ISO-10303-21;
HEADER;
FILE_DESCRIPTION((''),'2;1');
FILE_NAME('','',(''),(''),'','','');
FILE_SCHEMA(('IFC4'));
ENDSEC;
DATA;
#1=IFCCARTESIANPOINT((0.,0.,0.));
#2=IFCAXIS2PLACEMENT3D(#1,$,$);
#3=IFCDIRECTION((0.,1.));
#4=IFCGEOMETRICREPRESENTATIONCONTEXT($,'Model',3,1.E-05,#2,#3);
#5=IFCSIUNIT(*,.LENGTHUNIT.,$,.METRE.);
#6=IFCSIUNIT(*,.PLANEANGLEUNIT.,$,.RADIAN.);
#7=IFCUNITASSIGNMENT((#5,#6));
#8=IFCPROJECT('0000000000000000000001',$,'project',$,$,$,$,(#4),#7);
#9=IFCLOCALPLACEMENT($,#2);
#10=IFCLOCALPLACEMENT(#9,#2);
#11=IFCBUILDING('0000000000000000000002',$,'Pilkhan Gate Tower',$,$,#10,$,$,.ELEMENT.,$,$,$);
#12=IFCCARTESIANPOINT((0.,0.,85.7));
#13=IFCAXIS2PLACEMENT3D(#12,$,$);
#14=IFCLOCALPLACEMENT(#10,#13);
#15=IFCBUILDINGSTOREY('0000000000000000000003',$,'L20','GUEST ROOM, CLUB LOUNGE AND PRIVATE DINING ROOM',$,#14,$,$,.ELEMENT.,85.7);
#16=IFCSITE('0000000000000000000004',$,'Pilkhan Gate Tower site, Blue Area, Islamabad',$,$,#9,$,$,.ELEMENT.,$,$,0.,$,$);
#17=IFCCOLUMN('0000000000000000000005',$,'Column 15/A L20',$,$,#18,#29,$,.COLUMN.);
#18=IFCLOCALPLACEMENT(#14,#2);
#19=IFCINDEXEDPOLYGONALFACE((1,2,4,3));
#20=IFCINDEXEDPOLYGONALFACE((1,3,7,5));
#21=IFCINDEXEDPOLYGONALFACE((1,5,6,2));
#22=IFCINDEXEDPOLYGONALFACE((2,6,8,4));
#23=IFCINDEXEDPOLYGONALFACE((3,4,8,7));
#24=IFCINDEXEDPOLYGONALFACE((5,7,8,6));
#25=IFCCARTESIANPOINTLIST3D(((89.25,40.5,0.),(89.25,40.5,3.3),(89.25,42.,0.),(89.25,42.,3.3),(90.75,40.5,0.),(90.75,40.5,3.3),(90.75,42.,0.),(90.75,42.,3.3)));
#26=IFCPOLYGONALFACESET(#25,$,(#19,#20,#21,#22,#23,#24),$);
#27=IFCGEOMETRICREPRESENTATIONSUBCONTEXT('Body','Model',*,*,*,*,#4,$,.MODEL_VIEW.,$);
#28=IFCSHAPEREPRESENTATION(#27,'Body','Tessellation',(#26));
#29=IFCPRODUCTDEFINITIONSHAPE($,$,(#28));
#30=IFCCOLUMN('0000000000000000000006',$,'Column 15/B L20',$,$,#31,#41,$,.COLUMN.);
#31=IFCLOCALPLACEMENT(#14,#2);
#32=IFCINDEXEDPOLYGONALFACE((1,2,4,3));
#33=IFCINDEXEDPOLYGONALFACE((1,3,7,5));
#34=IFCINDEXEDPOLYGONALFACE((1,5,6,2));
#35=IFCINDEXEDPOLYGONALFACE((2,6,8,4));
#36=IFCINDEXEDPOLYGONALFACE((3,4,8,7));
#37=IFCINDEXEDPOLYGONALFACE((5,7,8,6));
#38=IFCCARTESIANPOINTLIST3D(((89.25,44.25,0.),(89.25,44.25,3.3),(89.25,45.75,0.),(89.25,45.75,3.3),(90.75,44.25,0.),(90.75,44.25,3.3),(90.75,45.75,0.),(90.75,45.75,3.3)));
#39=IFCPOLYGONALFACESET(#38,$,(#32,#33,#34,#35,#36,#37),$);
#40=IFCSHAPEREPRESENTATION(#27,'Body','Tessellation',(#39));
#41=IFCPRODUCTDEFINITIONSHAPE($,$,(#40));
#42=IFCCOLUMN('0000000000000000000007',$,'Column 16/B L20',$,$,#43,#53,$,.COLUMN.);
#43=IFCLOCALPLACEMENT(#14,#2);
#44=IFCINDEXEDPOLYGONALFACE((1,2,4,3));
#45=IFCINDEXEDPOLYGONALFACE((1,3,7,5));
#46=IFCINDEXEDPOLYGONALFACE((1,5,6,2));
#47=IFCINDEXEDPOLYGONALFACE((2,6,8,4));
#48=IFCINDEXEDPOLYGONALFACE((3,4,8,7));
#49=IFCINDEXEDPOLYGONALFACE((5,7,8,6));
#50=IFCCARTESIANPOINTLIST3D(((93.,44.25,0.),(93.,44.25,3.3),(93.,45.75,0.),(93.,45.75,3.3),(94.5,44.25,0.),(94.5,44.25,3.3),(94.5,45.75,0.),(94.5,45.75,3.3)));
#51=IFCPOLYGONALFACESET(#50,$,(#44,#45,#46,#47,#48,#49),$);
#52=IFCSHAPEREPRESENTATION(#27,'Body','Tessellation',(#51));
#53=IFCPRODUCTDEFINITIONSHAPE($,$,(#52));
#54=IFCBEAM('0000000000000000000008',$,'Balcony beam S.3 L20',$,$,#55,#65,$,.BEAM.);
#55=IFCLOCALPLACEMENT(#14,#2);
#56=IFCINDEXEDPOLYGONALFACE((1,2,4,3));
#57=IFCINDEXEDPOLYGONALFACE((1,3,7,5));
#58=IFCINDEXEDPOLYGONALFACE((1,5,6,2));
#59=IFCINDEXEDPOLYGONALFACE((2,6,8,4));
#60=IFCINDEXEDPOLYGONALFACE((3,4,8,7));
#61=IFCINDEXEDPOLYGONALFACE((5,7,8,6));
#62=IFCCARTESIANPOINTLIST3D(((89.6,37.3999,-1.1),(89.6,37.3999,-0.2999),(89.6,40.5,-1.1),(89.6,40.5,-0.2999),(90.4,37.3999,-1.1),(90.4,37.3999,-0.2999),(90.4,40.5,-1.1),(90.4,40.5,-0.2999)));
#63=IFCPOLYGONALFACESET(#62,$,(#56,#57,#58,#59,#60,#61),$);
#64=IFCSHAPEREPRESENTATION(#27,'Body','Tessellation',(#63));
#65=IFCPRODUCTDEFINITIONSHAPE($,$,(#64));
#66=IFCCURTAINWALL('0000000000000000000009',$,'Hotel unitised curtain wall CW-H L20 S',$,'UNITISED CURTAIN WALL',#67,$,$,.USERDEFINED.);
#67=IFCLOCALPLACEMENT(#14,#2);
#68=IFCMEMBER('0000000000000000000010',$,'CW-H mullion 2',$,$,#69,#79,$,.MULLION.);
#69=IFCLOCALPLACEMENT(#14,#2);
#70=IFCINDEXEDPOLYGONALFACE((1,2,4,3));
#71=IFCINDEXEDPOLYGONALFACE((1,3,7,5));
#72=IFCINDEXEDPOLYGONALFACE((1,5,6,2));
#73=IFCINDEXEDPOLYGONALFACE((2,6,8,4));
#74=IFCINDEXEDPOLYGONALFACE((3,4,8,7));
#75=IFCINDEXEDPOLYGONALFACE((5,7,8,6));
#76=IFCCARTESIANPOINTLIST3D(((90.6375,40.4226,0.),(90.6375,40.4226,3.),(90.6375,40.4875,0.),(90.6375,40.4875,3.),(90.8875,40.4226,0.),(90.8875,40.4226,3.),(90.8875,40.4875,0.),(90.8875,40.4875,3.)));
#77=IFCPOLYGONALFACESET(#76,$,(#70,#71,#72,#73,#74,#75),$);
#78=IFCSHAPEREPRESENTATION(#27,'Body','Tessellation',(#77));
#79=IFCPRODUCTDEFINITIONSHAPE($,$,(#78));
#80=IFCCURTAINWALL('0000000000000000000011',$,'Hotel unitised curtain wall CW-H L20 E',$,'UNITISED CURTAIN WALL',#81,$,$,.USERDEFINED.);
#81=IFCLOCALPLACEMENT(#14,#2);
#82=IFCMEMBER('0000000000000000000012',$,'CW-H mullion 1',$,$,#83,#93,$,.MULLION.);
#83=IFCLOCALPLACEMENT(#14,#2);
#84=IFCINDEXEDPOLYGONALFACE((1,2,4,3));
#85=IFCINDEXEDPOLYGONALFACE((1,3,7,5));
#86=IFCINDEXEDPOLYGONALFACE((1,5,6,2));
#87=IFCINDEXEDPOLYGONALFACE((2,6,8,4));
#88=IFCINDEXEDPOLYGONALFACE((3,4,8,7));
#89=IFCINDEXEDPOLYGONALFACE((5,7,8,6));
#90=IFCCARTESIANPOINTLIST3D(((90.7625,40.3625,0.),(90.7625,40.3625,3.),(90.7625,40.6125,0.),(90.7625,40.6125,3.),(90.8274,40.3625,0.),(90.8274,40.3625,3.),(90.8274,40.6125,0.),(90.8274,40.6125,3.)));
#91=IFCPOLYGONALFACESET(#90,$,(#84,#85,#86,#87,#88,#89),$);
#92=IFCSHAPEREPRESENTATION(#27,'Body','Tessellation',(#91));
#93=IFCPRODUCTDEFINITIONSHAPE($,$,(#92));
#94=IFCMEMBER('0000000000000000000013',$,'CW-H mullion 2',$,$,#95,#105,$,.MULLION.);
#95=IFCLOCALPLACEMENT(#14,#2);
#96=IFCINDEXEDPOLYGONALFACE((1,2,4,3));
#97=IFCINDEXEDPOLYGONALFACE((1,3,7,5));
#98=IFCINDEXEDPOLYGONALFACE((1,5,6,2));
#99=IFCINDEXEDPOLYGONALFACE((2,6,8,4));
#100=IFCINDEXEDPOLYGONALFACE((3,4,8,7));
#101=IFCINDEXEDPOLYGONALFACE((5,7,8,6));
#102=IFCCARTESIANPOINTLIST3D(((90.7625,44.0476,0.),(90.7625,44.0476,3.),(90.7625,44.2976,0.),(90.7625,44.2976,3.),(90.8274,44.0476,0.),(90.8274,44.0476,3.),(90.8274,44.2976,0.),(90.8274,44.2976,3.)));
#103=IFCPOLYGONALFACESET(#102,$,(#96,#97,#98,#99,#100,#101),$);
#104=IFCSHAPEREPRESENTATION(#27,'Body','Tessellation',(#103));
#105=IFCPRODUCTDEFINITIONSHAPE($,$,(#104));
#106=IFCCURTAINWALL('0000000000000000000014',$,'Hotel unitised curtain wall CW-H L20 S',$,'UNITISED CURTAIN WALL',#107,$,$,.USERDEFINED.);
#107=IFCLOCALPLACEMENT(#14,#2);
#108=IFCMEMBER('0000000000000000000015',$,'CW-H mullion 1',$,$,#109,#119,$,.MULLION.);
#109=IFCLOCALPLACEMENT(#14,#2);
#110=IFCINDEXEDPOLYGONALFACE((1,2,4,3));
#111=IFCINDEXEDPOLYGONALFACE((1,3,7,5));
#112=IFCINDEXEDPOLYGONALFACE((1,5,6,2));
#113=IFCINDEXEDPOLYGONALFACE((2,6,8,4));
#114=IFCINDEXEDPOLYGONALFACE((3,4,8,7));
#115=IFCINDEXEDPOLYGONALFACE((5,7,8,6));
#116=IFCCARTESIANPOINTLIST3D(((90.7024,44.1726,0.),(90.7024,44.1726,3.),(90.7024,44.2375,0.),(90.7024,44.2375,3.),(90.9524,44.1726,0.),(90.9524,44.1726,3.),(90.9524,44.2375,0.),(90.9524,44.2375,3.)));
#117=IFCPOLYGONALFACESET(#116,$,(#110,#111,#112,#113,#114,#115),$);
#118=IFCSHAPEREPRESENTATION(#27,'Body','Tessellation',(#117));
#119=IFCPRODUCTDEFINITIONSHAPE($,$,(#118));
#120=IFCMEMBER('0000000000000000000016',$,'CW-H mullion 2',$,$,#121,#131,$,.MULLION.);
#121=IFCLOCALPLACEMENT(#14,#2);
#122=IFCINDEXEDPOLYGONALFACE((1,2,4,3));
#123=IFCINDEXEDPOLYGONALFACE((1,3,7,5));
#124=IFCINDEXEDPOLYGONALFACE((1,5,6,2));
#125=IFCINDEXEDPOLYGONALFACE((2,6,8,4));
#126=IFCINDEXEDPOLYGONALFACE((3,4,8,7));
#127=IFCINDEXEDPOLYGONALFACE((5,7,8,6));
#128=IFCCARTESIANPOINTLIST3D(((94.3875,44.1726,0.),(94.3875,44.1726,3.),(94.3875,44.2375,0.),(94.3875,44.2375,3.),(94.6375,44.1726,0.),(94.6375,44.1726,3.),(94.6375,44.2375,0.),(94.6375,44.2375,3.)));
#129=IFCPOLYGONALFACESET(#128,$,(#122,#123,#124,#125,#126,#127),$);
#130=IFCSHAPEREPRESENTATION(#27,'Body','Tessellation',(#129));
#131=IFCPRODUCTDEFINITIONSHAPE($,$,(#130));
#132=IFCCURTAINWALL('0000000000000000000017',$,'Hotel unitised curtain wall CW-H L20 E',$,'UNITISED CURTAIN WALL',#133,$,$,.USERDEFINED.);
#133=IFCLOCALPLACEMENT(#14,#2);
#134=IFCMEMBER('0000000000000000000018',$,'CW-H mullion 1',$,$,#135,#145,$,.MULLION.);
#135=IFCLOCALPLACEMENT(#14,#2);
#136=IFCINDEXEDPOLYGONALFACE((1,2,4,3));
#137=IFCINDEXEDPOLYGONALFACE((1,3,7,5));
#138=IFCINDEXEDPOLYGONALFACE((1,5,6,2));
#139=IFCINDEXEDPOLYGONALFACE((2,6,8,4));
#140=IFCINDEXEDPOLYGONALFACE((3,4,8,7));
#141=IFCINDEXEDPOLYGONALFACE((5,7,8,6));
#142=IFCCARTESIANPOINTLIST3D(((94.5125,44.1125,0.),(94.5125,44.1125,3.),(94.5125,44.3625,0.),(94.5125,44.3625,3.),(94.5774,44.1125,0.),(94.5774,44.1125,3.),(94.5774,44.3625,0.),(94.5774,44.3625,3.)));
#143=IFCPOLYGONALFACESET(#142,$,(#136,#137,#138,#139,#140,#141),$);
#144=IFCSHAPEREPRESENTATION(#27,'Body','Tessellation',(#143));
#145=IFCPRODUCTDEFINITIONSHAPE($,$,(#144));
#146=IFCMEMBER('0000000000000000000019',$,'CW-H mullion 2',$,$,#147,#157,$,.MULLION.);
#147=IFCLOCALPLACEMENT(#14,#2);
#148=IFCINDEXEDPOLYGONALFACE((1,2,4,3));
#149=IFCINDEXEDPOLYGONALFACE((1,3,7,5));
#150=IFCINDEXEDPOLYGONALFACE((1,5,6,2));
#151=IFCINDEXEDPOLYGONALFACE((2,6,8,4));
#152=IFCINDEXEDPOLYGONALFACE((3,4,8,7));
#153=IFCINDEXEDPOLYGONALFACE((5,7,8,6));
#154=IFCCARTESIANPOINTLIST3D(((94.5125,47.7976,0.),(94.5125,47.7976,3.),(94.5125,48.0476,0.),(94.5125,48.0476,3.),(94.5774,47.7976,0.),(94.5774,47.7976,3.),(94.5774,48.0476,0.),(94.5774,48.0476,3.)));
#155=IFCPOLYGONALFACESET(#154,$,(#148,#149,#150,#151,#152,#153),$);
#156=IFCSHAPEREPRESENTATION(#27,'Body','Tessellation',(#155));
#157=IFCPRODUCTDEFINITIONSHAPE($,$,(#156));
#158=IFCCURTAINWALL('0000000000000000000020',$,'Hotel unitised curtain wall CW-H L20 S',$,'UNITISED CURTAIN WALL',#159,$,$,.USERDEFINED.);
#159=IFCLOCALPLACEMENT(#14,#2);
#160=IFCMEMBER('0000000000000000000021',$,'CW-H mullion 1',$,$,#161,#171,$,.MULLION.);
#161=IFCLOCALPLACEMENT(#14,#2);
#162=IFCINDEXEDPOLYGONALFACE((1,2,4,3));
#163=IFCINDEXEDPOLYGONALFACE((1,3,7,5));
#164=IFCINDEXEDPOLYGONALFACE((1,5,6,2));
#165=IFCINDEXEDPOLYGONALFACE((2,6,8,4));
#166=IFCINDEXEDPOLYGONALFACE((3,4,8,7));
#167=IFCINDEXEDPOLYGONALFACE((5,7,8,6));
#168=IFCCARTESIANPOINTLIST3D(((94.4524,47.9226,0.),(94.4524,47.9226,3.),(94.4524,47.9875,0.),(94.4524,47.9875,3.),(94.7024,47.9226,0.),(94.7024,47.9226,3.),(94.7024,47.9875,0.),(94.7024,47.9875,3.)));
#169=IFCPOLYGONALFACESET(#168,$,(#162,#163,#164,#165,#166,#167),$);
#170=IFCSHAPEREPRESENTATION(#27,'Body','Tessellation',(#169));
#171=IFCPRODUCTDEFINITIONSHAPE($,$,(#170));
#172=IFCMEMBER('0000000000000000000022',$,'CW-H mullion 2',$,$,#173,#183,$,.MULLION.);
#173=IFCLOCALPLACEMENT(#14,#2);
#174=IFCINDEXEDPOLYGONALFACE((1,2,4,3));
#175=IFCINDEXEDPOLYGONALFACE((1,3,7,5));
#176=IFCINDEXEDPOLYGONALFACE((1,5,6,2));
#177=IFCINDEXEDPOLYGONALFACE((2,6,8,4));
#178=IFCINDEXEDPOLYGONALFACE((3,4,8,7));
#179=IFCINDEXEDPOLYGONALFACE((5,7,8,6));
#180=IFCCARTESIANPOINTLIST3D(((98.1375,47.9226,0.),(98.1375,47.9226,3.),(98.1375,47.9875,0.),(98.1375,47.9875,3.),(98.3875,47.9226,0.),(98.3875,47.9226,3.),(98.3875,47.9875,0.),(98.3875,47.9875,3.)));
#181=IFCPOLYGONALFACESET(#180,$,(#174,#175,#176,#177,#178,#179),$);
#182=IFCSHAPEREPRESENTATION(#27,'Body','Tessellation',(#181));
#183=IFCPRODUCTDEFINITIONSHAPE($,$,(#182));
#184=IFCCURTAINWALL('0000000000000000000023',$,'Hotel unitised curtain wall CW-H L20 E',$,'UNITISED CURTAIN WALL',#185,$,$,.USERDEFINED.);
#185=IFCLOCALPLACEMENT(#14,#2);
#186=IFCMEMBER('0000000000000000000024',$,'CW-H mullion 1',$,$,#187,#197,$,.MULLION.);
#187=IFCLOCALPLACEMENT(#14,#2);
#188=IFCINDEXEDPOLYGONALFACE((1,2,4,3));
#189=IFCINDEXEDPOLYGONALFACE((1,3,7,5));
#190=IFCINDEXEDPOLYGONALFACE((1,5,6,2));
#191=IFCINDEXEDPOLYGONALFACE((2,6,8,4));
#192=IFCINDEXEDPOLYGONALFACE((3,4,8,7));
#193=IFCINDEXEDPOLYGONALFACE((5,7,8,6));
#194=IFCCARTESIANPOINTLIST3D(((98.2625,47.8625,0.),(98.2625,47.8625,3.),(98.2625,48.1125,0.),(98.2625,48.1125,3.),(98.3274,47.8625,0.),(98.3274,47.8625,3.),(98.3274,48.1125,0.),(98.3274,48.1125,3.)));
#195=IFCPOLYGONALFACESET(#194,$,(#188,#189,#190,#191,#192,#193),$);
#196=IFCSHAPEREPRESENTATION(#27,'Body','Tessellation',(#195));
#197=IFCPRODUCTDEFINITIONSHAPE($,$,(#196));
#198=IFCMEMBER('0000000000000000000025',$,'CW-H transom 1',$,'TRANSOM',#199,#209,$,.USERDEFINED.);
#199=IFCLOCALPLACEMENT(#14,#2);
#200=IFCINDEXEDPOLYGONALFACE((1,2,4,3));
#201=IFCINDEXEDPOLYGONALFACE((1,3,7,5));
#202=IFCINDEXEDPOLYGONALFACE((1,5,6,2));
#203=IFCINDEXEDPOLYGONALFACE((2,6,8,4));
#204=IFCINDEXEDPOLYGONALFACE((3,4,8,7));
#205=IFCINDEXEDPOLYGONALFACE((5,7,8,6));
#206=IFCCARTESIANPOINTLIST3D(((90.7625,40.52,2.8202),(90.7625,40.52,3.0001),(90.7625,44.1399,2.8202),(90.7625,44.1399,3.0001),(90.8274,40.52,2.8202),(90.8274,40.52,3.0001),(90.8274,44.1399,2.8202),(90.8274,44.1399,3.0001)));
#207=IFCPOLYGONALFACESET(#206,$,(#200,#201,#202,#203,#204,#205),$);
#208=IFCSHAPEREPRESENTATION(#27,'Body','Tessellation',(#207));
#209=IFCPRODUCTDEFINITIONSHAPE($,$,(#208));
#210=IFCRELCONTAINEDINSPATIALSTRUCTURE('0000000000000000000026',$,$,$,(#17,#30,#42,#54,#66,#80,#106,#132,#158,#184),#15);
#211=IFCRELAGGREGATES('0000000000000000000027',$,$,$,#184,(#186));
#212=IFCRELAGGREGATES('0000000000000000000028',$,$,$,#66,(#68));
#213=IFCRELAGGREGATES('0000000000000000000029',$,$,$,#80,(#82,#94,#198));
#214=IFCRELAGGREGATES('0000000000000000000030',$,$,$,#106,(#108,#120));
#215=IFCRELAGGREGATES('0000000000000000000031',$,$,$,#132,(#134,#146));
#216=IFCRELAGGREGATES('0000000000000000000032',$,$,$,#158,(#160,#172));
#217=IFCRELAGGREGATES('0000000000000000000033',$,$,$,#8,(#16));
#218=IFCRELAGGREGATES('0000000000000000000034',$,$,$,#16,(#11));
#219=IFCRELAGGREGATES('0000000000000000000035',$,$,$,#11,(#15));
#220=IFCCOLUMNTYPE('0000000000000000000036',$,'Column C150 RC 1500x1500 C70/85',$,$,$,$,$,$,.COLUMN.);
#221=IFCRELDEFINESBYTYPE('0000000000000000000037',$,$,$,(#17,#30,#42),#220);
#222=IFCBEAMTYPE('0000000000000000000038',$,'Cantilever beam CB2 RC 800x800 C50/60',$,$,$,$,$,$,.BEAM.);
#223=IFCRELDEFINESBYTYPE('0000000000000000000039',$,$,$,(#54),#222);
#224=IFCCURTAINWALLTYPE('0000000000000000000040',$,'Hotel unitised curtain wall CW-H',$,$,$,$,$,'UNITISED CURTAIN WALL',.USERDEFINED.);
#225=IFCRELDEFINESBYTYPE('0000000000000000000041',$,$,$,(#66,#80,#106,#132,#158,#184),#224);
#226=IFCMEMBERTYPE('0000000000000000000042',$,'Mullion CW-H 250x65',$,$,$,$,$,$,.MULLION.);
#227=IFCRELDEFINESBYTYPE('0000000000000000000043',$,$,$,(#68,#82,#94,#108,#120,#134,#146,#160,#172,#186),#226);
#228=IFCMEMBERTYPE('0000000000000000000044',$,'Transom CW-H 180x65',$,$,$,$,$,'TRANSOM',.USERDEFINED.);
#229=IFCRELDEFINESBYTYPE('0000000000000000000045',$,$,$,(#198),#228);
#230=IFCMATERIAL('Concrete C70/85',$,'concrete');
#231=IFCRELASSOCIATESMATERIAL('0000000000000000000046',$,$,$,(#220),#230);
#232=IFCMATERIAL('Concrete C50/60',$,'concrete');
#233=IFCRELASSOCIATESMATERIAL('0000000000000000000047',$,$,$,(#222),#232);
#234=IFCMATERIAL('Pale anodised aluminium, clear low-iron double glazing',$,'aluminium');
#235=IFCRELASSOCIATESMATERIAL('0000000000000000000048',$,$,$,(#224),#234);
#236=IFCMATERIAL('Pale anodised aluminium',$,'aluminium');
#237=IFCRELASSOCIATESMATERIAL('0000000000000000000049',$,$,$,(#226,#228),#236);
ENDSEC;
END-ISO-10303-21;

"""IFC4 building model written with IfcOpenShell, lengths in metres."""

from ifc_helpers import new_model, si_unit, direction, frame, origin, origin_2d, place, context, subcontext, project, spatial, rectangle, extrude, material, material_profile, profile_set, type_object, element, aggregate, save


model = new_model("IFC4")

# Units and contexts
model_context = context("Model", 3, precision=1e-05, world=origin(), true_north=direction((0.0, 1.0)))
body_context = subcontext(model_context, "Body", "Model", "MODEL_VIEW")
ifc_project = project(units=[si_unit("LENGTHUNIT", "METRE"), si_unit("PLANEANGLEUNIT", "RADIAN")], contexts=[model_context])

# Site, building, storey
site_placement = place(None, origin())
site = spatial("IfcSite", under=ifc_project, at=site_placement, Name="Pilkhan Gate Tower site, Blue Area, Islamabad", CompositionType="ELEMENT", RefElevation=0.0)
building_placement = place(site_placement, origin())
building = spatial("IfcBuilding", under=site, at=building_placement, Name="Pilkhan Gate Tower", CompositionType="ELEMENT")
storey_placement = place(building_placement, frame((0.0, 0.0, 85.7)))
storey = spatial("IfcBuildingStorey", under=building, at=storey_placement, Name="L20", Description="GUEST ROOM, CLUB LOUNGE AND PRIVATE DINING ROOM", CompositionType="ELEMENT", Elevation=85.7)

# Columns
ifc_material_1 = material(Name="Concrete C70/85", Category="concrete")
ifc_material_profile_1 = material_profile(ifc_material_1, rectangle(XDim=1.5, YDim=1.5, at=origin_2d()), Name="RC 1500x1500")
ifc_profile_set_1 = profile_set([ifc_material_profile_1], Name="Concrete C70/85")
column_type = type_object("IfcColumnType", Name="Column C150 RC 1500x1500 C70/85", PredefinedType="COLUMN", material=ifc_profile_set_1)
for number, where, z_axis, x_axis, name in (
    (1, (90.0, 41.25, 0.0), (0.0, 0.0, 1.0), (1.0, 0.0, 0.0), "Column 15/A L20"),
    (2, (90.0, 45.0, 0.0), (0.0, 0.0, 1.0), (1.0, 0.0, 0.0), "Column 15/B L20"),
    (3, (93.75, 45.0, 0.0), (0.0, 0.0, 1.0), (1.0, 0.0, 0.0), "Column 16/B L20"),
):
    element("IfcColumn", number, at=place(storey_placement, frame(where, z_axis=z_axis, x_axis=x_axis)), inside=storey, type_object=column_type, Name=name, PredefinedType="COLUMN", context=body_context, shape_type="SweptSolid", body=[
        extrude(rectangle(XDim=1.5, YDim=1.5, at=origin_2d()), origin(), (0.0, 0.0, 1.0), 3.3),
    ])

# Beam
ifc_material_2 = material(Name="Concrete C50/60", Category="concrete")
ifc_material_profile_2 = material_profile(ifc_material_2, rectangle(XDim=0.8, YDim=0.8, at=origin_2d()), Name="RC 800x800")
ifc_profile_set_2 = profile_set([ifc_material_profile_2], Name="Concrete C50/60")
beam_type = type_object("IfcBeamType", Name="Cantilever beam CB2 RC 800x800 C50/60", PredefinedType="BEAM", material=ifc_profile_set_2)
beam_placement = place(storey_placement, frame((90.0, 40.5, -0.7), z_axis=(0.0, -1.0, 0.0), x_axis=(1.0, 0.0, 0.0)))
element("IfcBeam", 4, at=beam_placement, inside=storey, type_object=beam_type, Name="Balcony beam S.3 L20", PredefinedType="BEAM", context=body_context, shape_type="SweptSolid", body=[
    extrude(rectangle(XDim=0.8, YDim=0.8, at=origin_2d()), origin(), (0.0, 0.0, 1.0), 3.1001),
])

# Curtain wall, member
ifc_material_3 = material(Name="Pale anodised aluminium, clear low-iron double glazing", Category="aluminium")
curtain_wall_type = type_object("IfcCurtainWallType", Name="Hotel unitised curtain wall CW-H", ElementType="UNITISED CURTAIN WALL", PredefinedType="USERDEFINED", material=ifc_material_3)
curtain_wall_1_placement = place(storey_placement, origin())
curtain_wall_1 = element("IfcCurtainWall", 5, at=curtain_wall_1_placement, inside=storey, type_object=curtain_wall_type, Name="Hotel unitised curtain wall CW-H L20 S", ObjectType="UNITISED CURTAIN WALL", PredefinedType="USERDEFINED")
ifc_material_4 = material(Name="Pale anodised aluminium", Category="aluminium")
ifc_material_profile_3 = material_profile(ifc_material_4, rectangle(XDim=0.0649, YDim=0.25, at=origin_2d()), Name="Mullion 250x65")
ifc_profile_set_3 = profile_set([ifc_material_profile_3], Name="Pale anodised aluminium")
member_type_1 = type_object("IfcMemberType", Name="Mullion CW-H 250x65", PredefinedType="MULLION", material=ifc_profile_set_3)
member_1_placement = place(storey_placement, frame((90.7625, 40.4551, 0.0), z_axis=(0.0, 0.0, 1.0), x_axis=(0.0, 1.0, 0.0)))
member_1 = element("IfcMember", 6, at=member_1_placement, type_object=member_type_1, Name="CW-H mullion 2", PredefinedType="MULLION", context=body_context, shape_type="SweptSolid", body=[
    extrude(rectangle(XDim=0.0649, YDim=0.25, at=origin_2d()), origin(), (0.0, 0.0, 1.0), 3.0),
])

# Curtain walls, members
curtain_wall_2_placement = place(storey_placement, origin())
curtain_wall_2 = element("IfcCurtainWall", 7, at=curtain_wall_2_placement, inside=storey, type_object=curtain_wall_type, Name="Hotel unitised curtain wall CW-H L20 E", ObjectType="UNITISED CURTAIN WALL", PredefinedType="USERDEFINED")
member_2_placement = place(storey_placement, frame((90.7949, 40.4875, 0.0), z_axis=(0.0, 0.0, 1.0), x_axis=(-1.0, 0.0, 0.0)))
member_2 = element("IfcMember", 8, at=member_2_placement, type_object=member_type_1, Name="CW-H mullion 1", PredefinedType="MULLION", context=body_context, shape_type="SweptSolid", body=[
    extrude(rectangle(XDim=0.0649, YDim=0.25, at=origin_2d()), origin(), (0.0, 0.0, 1.0), 3.0),
])
member_3_placement = place(storey_placement, frame((90.7949, 44.1726, 0.0), z_axis=(0.0, 0.0, 1.0), x_axis=(-1.0, 0.0, 0.0)))
member_3 = element("IfcMember", 9, at=member_3_placement, type_object=member_type_1, Name="CW-H mullion 2", PredefinedType="MULLION", context=body_context, shape_type="SweptSolid", body=[
    extrude(rectangle(XDim=0.0649, YDim=0.25, at=origin_2d()), origin(), (0.0, 0.0, 1.0), 3.0),
])
curtain_wall_3_placement = place(storey_placement, origin())
curtain_wall_3 = element("IfcCurtainWall", 10, at=curtain_wall_3_placement, inside=storey, type_object=curtain_wall_type, Name="Hotel unitised curtain wall CW-H L20 S", ObjectType="UNITISED CURTAIN WALL", PredefinedType="USERDEFINED")
member_4_placement = place(storey_placement, frame((90.8274, 44.2051, 0.0), z_axis=(0.0, 0.0, 1.0), x_axis=(0.0, 1.0, 0.0)))
member_4 = element("IfcMember", 11, at=member_4_placement, type_object=member_type_1, Name="CW-H mullion 1", PredefinedType="MULLION", context=body_context, shape_type="SweptSolid", body=[
    extrude(rectangle(XDim=0.0649, YDim=0.25, at=origin_2d()), origin(), (0.0, 0.0, 1.0), 3.0),
])
member_5_placement = place(storey_placement, frame((94.5125, 44.2051, 0.0), z_axis=(0.0, 0.0, 1.0), x_axis=(0.0, 1.0, 0.0)))
member_5 = element("IfcMember", 12, at=member_5_placement, type_object=member_type_1, Name="CW-H mullion 2", PredefinedType="MULLION", context=body_context, shape_type="SweptSolid", body=[
    extrude(rectangle(XDim=0.0649, YDim=0.25, at=origin_2d()), origin(), (0.0, 0.0, 1.0), 3.0),
])
curtain_wall_4_placement = place(storey_placement, origin())
curtain_wall_4 = element("IfcCurtainWall", 13, at=curtain_wall_4_placement, inside=storey, type_object=curtain_wall_type, Name="Hotel unitised curtain wall CW-H L20 E", ObjectType="UNITISED CURTAIN WALL", PredefinedType="USERDEFINED")
member_6_placement = place(storey_placement, frame((94.5449, 44.2375, 0.0), z_axis=(0.0, 0.0, 1.0), x_axis=(-1.0, 0.0, 0.0)))
member_6 = element("IfcMember", 14, at=member_6_placement, type_object=member_type_1, Name="CW-H mullion 1", PredefinedType="MULLION", context=body_context, shape_type="SweptSolid", body=[
    extrude(rectangle(XDim=0.0649, YDim=0.25, at=origin_2d()), origin(), (0.0, 0.0, 1.0), 3.0),
])
member_7_placement = place(storey_placement, frame((94.5449, 47.9226, 0.0), z_axis=(0.0, 0.0, 1.0), x_axis=(-1.0, 0.0, 0.0)))
member_7 = element("IfcMember", 15, at=member_7_placement, type_object=member_type_1, Name="CW-H mullion 2", PredefinedType="MULLION", context=body_context, shape_type="SweptSolid", body=[
    extrude(rectangle(XDim=0.0649, YDim=0.25, at=origin_2d()), origin(), (0.0, 0.0, 1.0), 3.0),
])
curtain_wall_5_placement = place(storey_placement, origin())
curtain_wall_5 = element("IfcCurtainWall", 16, at=curtain_wall_5_placement, inside=storey, type_object=curtain_wall_type, Name="Hotel unitised curtain wall CW-H L20 S", ObjectType="UNITISED CURTAIN WALL", PredefinedType="USERDEFINED")
member_8_placement = place(storey_placement, frame((94.5774, 47.9551, 0.0), z_axis=(0.0, 0.0, 1.0), x_axis=(0.0, 1.0, 0.0)))
member_8 = element("IfcMember", 17, at=member_8_placement, type_object=member_type_1, Name="CW-H mullion 1", PredefinedType="MULLION", context=body_context, shape_type="SweptSolid", body=[
    extrude(rectangle(XDim=0.0649, YDim=0.25, at=origin_2d()), origin(), (0.0, 0.0, 1.0), 3.0),
])
member_9_placement = place(storey_placement, frame((98.2625, 47.9551, 0.0), z_axis=(0.0, 0.0, 1.0), x_axis=(0.0, 1.0, 0.0)))
member_9 = element("IfcMember", 18, at=member_9_placement, type_object=member_type_1, Name="CW-H mullion 2", PredefinedType="MULLION", context=body_context, shape_type="SweptSolid", body=[
    extrude(rectangle(XDim=0.0649, YDim=0.25, at=origin_2d()), origin(), (0.0, 0.0, 1.0), 3.0),
])

# Curtain wall, member
curtain_wall_6_placement = place(storey_placement, origin())
curtain_wall_6 = element("IfcCurtainWall", 19, at=curtain_wall_6_placement, inside=storey, type_object=curtain_wall_type, Name="Hotel unitised curtain wall CW-H L20 E", ObjectType="UNITISED CURTAIN WALL", PredefinedType="USERDEFINED")
member_10_placement = place(storey_placement, frame((98.2949, 47.9875, 0.0), z_axis=(0.0, 0.0, 1.0), x_axis=(-1.0, 0.0, 0.0)))
member_10 = element("IfcMember", 20, at=member_10_placement, type_object=member_type_1, Name="CW-H mullion 1", PredefinedType="MULLION", context=body_context, shape_type="SweptSolid", body=[
    extrude(rectangle(XDim=0.0649, YDim=0.25, at=origin_2d()), origin(), (0.0, 0.0, 1.0), 3.0),
])
aggregate(curtain_wall_6, [member_10])

# Member
ifc_material_profile_4 = material_profile(ifc_material_4, rectangle(XDim=0.0649, YDim=0.1799, at=origin_2d()), Name="Transom 180x65")
ifc_profile_set_4 = profile_set([ifc_material_profile_4], Name="Pale anodised aluminium")
member_type_2 = type_object("IfcMemberType", Name="Transom CW-H 180x65", ElementType="TRANSOM", PredefinedType="USERDEFINED", material=ifc_profile_set_4)
member_11_placement = place(storey_placement, frame((90.7949, 40.52, 2.9102), z_axis=(0.0, 1.0, 0.0), x_axis=(-1.0, 0.0, 0.0)))
member_11 = element("IfcMember", 21, at=member_11_placement, type_object=member_type_2, Name="CW-H transom 1", ObjectType="TRANSOM", PredefinedType="USERDEFINED", context=body_context, shape_type="SweptSolid", body=[
    extrude(rectangle(XDim=0.0649, YDim=0.1799, at=origin_2d()), origin(), (0.0, 0.0, 1.0), 3.6199),
])

aggregate(curtain_wall_1, [member_1])
aggregate(curtain_wall_2, [member_2, member_3, member_11])
aggregate(curtain_wall_3, [member_4, member_5])
aggregate(curtain_wall_4, [member_6, member_7])
aggregate(curtain_wall_5, [member_8, member_9])

save(model, "model.ifc")
